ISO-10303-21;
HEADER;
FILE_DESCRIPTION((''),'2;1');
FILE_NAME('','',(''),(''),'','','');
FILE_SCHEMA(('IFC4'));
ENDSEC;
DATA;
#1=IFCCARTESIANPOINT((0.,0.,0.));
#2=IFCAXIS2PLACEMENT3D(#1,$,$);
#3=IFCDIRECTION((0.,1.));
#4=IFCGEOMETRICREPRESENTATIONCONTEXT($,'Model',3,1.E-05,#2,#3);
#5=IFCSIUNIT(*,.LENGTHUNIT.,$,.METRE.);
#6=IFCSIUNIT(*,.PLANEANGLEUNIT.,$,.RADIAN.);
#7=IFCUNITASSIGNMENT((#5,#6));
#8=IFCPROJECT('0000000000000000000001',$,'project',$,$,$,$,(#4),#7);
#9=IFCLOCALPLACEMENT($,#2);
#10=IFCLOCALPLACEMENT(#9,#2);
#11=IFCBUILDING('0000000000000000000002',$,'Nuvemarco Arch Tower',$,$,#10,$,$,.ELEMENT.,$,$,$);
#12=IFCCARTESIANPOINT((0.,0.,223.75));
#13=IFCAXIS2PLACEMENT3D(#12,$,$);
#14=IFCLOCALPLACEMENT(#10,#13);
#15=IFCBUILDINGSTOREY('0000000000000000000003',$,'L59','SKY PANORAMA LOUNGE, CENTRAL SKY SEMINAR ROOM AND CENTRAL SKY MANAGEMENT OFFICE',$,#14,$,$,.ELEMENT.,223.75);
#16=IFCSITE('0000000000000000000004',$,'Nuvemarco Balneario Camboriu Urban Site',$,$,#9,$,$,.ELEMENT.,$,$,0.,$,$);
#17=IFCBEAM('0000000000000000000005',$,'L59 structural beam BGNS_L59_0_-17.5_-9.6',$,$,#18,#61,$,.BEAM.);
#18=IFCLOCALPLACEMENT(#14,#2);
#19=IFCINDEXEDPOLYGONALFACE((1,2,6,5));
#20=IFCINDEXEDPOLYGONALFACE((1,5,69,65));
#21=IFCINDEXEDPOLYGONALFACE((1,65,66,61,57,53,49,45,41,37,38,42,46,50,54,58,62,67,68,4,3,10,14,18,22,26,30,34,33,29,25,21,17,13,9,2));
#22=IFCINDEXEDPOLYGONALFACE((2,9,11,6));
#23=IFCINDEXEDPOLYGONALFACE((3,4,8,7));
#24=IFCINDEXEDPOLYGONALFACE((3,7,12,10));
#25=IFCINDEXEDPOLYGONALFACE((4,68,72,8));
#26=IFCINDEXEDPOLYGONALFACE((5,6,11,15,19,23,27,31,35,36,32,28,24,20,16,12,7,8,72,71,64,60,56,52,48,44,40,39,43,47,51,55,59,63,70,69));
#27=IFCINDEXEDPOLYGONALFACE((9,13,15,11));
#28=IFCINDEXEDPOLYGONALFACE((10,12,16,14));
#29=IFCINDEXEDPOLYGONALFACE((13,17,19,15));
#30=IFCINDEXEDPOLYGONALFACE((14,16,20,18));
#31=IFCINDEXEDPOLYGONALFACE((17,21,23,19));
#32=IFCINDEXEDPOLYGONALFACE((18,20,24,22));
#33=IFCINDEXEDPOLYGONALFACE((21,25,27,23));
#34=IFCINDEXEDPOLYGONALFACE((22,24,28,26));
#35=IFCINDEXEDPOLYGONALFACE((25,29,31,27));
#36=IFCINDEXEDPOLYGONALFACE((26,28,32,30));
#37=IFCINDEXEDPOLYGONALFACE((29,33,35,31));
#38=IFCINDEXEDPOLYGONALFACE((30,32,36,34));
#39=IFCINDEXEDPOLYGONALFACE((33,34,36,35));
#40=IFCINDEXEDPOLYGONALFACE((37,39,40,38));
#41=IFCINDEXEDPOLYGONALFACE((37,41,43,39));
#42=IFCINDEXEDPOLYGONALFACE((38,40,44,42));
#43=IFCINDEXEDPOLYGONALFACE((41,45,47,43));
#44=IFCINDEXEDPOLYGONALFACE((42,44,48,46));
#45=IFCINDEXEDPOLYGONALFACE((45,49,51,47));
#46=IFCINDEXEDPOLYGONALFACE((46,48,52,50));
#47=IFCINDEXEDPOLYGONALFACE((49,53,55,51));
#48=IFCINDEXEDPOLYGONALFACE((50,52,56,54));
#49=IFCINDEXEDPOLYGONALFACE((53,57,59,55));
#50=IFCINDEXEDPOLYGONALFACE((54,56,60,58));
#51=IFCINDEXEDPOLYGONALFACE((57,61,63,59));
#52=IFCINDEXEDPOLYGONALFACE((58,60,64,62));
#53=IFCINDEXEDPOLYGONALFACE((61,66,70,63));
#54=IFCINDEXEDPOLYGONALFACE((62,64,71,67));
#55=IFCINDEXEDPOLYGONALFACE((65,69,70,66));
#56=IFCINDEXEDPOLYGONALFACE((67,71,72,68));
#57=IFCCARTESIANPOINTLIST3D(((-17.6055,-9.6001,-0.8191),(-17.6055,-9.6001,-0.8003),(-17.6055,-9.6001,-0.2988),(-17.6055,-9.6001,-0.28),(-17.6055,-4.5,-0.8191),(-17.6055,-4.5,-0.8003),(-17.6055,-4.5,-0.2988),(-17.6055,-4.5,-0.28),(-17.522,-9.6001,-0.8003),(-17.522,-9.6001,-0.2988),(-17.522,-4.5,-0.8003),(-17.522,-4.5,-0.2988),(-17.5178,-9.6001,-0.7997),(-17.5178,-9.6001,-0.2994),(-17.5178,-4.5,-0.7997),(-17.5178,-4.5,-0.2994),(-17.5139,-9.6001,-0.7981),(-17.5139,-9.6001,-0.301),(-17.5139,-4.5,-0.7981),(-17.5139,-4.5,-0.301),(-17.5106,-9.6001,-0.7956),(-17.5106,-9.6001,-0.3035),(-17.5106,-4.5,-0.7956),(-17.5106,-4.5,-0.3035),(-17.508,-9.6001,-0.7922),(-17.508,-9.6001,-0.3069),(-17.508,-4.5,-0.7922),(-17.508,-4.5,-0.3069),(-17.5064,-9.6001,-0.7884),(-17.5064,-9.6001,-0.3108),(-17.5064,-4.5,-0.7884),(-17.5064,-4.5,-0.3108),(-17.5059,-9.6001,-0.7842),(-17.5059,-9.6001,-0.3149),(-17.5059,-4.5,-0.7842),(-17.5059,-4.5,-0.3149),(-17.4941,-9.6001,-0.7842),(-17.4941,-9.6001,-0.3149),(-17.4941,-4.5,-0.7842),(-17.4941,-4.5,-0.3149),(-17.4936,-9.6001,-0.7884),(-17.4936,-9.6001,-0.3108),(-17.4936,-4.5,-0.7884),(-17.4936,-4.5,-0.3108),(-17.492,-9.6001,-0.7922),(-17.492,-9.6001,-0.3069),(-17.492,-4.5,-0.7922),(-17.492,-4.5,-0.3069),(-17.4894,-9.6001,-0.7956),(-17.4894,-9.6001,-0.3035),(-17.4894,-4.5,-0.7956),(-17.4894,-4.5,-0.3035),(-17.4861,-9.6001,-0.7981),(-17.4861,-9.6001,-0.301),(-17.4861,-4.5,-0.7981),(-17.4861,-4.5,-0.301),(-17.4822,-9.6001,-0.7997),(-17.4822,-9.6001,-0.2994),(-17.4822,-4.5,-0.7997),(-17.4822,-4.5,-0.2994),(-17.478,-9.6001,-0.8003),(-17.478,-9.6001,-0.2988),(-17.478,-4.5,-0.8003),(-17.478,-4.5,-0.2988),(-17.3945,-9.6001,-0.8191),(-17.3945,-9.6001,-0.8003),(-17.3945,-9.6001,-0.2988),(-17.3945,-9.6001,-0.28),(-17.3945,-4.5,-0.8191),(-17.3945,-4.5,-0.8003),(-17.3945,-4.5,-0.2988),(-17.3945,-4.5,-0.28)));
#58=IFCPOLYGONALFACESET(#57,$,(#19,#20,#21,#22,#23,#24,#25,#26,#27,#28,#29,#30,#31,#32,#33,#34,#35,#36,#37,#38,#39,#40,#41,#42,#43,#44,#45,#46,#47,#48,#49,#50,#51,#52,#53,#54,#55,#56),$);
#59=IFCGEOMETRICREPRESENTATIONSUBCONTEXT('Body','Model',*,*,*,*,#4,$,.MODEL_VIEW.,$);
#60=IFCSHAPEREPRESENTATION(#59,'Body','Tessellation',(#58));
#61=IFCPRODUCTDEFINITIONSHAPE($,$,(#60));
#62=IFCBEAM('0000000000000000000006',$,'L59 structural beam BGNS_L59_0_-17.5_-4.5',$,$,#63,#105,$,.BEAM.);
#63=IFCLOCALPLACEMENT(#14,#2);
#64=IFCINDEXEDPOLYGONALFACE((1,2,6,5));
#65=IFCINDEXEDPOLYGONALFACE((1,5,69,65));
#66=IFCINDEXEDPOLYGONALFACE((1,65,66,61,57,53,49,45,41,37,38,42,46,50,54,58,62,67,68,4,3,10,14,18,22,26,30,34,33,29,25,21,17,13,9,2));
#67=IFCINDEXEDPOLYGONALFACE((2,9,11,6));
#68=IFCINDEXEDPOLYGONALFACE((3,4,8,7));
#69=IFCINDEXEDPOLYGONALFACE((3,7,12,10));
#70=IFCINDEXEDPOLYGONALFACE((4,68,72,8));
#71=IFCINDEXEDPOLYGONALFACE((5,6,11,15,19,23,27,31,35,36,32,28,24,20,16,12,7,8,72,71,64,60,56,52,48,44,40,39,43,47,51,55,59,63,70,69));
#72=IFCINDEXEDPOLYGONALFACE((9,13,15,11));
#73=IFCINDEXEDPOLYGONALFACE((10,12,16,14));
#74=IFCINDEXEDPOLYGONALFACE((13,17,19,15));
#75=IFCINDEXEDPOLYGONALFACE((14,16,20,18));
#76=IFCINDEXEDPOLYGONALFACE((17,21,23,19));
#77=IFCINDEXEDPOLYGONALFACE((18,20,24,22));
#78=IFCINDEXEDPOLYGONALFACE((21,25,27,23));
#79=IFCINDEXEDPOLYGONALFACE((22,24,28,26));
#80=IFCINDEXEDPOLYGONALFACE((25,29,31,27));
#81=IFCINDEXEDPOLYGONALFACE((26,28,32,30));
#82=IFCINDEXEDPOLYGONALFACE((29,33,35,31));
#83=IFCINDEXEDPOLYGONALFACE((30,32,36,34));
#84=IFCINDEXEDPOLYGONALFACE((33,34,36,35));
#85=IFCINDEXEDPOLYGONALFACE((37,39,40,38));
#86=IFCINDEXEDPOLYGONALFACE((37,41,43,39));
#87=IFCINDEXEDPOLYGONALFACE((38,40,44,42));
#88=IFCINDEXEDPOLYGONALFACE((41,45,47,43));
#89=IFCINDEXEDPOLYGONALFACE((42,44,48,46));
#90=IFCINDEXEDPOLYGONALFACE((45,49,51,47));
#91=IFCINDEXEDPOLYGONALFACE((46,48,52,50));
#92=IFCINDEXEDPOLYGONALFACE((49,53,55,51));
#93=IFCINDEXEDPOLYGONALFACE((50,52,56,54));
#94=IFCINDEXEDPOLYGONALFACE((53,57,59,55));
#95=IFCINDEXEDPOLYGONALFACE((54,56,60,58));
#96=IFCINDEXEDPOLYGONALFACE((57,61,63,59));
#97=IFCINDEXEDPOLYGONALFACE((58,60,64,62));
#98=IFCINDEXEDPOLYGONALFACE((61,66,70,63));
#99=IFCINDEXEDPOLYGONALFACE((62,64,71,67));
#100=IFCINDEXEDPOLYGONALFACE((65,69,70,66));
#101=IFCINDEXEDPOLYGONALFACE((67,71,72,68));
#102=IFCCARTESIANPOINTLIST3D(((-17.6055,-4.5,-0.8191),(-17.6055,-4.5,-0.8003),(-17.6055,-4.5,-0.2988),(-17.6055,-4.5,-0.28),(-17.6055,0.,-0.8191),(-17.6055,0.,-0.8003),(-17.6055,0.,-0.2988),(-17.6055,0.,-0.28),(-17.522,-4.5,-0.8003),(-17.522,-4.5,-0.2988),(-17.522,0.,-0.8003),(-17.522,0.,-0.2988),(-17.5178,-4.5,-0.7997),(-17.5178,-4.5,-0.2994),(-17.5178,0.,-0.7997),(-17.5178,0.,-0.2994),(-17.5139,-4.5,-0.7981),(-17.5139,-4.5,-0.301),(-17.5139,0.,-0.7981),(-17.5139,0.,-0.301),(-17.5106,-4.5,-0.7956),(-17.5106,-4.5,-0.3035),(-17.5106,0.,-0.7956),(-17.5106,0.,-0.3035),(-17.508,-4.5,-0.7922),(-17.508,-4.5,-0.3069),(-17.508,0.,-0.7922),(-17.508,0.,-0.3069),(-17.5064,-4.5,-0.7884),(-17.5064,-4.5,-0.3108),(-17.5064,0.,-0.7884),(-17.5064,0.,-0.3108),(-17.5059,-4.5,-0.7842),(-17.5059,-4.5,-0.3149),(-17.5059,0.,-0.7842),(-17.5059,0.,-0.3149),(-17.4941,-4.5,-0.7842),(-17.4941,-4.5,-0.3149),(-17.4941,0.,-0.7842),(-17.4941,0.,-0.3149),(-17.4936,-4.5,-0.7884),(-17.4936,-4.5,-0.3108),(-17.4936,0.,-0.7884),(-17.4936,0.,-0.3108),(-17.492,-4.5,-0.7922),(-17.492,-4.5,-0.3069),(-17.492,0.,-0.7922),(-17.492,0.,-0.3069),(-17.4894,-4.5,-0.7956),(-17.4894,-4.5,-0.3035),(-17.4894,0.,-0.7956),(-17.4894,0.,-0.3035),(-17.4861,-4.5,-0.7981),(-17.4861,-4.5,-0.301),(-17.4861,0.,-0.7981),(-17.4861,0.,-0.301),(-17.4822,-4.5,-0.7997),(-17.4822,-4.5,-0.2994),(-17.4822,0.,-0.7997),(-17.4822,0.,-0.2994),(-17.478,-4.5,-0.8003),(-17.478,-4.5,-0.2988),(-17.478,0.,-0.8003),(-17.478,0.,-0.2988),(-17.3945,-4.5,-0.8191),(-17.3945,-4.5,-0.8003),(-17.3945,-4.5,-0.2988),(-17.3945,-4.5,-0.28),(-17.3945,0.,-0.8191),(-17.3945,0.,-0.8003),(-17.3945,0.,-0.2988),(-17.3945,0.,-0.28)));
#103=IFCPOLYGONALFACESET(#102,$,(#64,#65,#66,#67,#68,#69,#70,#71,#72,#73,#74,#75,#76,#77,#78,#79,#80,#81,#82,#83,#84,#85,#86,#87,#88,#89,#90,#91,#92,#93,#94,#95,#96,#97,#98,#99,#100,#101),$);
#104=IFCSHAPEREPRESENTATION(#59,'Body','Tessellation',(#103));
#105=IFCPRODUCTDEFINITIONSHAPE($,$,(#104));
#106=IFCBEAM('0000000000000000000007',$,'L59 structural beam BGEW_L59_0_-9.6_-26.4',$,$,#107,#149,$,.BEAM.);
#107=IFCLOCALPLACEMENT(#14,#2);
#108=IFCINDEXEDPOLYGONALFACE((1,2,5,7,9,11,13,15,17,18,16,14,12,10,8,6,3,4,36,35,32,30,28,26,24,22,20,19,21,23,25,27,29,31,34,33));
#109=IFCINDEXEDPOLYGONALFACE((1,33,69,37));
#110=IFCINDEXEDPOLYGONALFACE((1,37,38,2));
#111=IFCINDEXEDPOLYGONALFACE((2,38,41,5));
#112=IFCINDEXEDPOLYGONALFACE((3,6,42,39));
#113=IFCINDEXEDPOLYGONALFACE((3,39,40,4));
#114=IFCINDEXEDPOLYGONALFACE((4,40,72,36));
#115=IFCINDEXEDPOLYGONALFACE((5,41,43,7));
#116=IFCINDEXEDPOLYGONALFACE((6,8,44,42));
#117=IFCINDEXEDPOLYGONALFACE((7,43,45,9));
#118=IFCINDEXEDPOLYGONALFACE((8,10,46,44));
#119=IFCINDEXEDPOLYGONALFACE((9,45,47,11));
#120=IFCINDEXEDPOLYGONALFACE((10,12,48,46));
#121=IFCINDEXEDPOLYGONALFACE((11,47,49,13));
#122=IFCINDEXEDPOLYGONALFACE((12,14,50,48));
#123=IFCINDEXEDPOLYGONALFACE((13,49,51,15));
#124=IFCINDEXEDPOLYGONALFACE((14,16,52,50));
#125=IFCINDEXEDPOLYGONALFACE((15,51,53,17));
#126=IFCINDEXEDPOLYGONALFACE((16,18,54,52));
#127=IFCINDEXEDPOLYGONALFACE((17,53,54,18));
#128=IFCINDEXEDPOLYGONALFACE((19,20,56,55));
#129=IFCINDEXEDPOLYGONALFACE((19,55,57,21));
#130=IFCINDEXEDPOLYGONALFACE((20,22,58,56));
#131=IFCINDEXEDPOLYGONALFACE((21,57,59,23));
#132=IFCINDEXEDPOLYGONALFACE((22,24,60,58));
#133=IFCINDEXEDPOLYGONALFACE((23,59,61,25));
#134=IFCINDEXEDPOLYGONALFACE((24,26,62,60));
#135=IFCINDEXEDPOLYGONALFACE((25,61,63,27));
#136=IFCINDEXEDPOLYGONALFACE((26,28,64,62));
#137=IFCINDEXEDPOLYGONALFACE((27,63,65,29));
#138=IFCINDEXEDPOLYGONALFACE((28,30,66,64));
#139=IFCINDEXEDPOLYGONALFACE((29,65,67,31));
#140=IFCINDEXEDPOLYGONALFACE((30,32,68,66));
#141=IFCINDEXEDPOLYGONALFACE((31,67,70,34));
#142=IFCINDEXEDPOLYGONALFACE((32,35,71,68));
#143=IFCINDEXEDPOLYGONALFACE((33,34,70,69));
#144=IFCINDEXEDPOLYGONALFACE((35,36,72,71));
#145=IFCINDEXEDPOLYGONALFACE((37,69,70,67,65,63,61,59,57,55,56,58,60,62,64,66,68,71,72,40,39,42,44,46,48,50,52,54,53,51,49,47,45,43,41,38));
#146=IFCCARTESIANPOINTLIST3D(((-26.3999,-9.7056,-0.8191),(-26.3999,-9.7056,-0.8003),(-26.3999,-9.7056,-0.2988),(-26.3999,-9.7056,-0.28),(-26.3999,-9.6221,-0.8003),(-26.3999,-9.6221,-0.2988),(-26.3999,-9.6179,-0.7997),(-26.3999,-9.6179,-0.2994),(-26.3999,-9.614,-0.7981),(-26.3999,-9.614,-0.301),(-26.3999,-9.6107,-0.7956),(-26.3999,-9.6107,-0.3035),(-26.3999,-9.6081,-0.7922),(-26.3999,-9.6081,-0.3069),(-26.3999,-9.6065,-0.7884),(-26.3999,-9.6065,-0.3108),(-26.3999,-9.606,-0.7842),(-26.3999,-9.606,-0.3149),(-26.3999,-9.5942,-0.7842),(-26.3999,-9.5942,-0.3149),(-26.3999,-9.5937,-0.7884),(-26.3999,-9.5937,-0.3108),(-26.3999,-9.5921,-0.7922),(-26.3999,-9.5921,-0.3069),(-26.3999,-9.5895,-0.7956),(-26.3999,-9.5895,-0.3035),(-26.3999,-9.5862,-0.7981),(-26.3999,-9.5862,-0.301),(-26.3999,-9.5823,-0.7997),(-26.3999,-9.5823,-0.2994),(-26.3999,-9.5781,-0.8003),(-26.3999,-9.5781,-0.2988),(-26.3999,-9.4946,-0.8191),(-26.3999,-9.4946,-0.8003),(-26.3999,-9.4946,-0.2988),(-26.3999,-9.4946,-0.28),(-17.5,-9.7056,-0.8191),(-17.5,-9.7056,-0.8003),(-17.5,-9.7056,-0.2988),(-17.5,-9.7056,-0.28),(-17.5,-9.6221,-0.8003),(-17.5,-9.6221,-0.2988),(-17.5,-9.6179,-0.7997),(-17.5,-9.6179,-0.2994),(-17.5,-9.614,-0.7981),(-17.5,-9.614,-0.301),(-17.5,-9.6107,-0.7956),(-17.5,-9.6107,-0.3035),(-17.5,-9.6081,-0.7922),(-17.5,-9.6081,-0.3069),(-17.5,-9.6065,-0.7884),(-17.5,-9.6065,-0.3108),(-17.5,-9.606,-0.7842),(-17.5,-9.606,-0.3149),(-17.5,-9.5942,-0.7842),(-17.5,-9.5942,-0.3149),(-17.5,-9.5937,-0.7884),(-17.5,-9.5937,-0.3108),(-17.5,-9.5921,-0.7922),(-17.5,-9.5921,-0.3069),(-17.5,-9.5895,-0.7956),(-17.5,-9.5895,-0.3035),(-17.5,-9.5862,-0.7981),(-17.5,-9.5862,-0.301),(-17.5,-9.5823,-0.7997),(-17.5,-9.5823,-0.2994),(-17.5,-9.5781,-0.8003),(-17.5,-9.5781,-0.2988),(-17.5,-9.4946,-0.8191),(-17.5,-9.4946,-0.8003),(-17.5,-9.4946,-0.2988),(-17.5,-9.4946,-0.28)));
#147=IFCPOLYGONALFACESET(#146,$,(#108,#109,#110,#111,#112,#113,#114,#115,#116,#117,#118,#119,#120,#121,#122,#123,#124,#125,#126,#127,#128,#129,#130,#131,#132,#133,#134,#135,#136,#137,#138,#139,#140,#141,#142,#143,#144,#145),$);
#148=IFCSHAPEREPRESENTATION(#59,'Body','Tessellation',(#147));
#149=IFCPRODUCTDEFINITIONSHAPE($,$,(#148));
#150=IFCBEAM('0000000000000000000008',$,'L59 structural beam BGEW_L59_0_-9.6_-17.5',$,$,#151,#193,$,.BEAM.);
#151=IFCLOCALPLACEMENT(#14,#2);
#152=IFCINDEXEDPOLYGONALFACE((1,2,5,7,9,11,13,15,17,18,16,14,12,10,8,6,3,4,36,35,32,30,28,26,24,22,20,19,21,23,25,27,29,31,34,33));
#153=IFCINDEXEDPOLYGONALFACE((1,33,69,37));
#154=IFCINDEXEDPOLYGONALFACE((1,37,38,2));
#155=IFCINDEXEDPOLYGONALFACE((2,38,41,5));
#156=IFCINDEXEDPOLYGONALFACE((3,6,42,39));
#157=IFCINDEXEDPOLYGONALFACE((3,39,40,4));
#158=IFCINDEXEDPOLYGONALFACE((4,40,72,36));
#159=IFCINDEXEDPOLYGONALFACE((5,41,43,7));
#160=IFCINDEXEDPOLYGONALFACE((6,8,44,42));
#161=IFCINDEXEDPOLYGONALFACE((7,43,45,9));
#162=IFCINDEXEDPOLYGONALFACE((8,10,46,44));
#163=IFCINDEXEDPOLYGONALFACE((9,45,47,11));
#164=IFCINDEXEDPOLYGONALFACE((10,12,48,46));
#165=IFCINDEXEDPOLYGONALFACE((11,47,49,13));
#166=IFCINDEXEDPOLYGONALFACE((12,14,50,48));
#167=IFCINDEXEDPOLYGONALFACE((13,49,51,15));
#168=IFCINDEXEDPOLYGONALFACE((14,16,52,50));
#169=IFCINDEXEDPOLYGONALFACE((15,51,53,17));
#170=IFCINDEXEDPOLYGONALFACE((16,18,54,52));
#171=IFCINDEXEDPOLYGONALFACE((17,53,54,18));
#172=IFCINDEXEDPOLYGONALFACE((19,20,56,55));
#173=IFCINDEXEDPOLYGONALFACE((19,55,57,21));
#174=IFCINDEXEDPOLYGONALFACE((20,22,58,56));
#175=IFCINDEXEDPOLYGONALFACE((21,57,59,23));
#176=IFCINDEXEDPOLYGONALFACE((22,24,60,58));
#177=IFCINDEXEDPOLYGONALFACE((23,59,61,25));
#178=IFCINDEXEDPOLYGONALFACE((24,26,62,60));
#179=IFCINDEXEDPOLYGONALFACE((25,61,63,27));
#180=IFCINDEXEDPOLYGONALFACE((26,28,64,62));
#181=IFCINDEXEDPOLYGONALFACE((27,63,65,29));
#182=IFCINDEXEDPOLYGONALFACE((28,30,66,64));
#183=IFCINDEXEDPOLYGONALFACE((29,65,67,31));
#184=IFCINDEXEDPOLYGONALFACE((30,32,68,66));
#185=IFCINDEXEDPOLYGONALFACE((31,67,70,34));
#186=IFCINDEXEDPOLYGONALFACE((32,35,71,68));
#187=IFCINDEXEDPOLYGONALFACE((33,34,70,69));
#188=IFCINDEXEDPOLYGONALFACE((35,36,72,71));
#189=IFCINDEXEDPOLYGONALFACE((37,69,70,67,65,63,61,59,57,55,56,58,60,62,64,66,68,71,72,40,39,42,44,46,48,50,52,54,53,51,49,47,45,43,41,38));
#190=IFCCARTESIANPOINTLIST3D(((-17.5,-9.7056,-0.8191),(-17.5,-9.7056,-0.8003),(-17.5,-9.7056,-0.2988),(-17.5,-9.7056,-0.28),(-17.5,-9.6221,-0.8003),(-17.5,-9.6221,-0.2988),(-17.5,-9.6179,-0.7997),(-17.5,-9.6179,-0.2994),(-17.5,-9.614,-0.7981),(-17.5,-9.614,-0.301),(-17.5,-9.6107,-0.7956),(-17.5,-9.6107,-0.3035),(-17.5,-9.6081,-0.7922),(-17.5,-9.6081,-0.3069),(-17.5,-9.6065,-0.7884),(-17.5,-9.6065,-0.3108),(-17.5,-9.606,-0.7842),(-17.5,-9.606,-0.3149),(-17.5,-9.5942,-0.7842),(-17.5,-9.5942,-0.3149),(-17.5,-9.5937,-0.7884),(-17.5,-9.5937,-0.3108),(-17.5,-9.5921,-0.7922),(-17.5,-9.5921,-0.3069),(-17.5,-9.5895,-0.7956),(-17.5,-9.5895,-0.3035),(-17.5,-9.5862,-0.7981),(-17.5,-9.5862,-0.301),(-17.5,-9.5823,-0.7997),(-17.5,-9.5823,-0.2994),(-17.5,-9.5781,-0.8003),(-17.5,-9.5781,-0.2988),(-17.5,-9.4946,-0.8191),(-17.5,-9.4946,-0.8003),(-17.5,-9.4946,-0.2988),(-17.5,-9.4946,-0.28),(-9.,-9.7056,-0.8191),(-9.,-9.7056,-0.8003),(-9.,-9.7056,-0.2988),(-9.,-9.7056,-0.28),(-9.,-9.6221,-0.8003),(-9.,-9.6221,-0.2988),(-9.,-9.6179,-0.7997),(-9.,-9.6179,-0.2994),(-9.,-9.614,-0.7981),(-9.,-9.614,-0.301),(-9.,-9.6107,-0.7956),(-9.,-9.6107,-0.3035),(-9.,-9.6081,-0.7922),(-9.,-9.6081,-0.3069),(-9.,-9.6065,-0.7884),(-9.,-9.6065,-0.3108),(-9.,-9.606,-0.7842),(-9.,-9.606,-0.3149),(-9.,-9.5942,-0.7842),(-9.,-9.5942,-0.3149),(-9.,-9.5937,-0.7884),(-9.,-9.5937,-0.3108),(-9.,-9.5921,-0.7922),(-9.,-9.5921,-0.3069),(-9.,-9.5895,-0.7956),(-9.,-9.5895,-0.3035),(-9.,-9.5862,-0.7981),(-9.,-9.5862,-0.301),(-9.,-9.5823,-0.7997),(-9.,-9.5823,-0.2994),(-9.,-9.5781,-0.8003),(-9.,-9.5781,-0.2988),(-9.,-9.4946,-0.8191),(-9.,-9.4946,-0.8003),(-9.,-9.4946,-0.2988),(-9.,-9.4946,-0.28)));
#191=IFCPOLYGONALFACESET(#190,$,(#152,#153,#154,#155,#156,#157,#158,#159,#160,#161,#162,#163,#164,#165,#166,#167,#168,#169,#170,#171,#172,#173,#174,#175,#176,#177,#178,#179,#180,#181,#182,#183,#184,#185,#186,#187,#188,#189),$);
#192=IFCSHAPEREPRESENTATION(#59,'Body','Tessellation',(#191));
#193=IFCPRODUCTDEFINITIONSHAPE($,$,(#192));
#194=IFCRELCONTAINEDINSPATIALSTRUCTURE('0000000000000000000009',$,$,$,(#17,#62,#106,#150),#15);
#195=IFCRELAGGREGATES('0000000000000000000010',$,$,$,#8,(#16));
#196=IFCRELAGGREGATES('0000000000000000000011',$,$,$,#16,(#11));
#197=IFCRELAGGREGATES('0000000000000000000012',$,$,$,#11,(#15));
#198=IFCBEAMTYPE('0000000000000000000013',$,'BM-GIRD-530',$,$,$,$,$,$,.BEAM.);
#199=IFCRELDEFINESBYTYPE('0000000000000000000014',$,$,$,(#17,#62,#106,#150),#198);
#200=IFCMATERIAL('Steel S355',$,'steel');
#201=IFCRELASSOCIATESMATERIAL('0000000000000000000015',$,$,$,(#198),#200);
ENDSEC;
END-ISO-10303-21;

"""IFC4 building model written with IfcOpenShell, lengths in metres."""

from ifc_helpers import new_model, si_unit, direction, frame, origin, origin_2d, place, context, subcontext, project, spatial, i_section, extrude, material, material_profile, profile_set, type_object, element, save


model = new_model("IFC4")

# Units and contexts
model_context = context("Model", 3, precision=1e-05, world=origin(), true_north=direction((0.0, 1.0)))
body_context = subcontext(model_context, "Body", "Model", "MODEL_VIEW")
ifc_project = project(units=[si_unit("LENGTHUNIT", "METRE"), si_unit("PLANEANGLEUNIT", "RADIAN")], contexts=[model_context])

# Site, building, storey
site_placement = place(None, origin())
site = spatial("IfcSite", under=ifc_project, at=site_placement, Name="Nuvemarco Balneario Camboriu Urban Site", CompositionType="ELEMENT", RefElevation=0.0)
building_placement = place(site_placement, origin())
building = spatial("IfcBuilding", under=site, at=building_placement, Name="Nuvemarco Arch Tower", CompositionType="ELEMENT")
storey_placement = place(building_placement, frame((0.0, 0.0, 223.75)))
storey = spatial("IfcBuildingStorey", under=building, at=storey_placement, Name="L59", Description="SKY PANORAMA LOUNGE, CENTRAL SKY SEMINAR ROOM AND CENTRAL SKY MANAGEMENT OFFICE", CompositionType="ELEMENT", Elevation=223.75)

# Shared definitions
ifc_material_1 = material(Name="Steel S355", Category="steel")

# Beams
ifc_material_profile_1 = material_profile(ifc_material_1, i_section(OverallWidth=0.2109, OverallDepth=0.5391, WebThickness=0.0117, FlangeThickness=0.0188, FilletRadius=0.0161, at=origin_2d()), Name="W530x109")
ifc_profile_set_1 = profile_set([ifc_material_profile_1], Name="Steel S355")
beam_type_1 = type_object("IfcBeamType", Name="BM-GIRD-530", PredefinedType="BEAM", material=ifc_profile_set_1)
beam_1_placement = place(storey_placement, frame((-17.5, -9.6001, -0.5496), z_axis=(0.0, 1.0, 0.0), x_axis=(-1.0, 0.0, 0.0)))
element("IfcBeam", 1, at=beam_1_placement, inside=storey, type_object=beam_type_1, Name="L59 structural beam BGNS_L59_0_-17.5_-9.6", PredefinedType="BEAM", context=body_context, shape_type="SweptSolid", body=[
    extrude(i_section(OverallWidth=0.2109, OverallDepth=0.5391, WebThickness=0.0117, FlangeThickness=0.0188, FilletRadius=0.0161, at=origin_2d()), origin(), (0.0, 0.0, 1.0), 5.1001),
])
beam_2_placement = place(storey_placement, frame((-17.5, -4.5, -0.5496), z_axis=(0.0, 1.0, 0.0), x_axis=(-1.0, 0.0, 0.0)))
element("IfcBeam", 2, at=beam_2_placement, inside=storey, type_object=beam_type_1, Name="L59 structural beam BGNS_L59_0_-17.5_-4.5", PredefinedType="BEAM", context=body_context, shape_type="SweptSolid", body=[
    extrude(i_section(OverallWidth=0.2109, OverallDepth=0.5391, WebThickness=0.0117, FlangeThickness=0.0188, FilletRadius=0.0161, at=origin_2d()), origin(), (0.0, 0.0, 1.0), 4.5),
])
beam_3_placement = place(storey_placement, frame((-26.3999, -9.6001, -0.5496), z_axis=(1.0, 0.0, 0.0), x_axis=(0.0, 1.0, 0.0)))
element("IfcBeam", 3, at=beam_3_placement, inside=storey, type_object=beam_type_1, Name="L59 structural beam BGEW_L59_0_-9.6_-26.4", PredefinedType="BEAM", context=body_context, shape_type="SweptSolid", body=[
    extrude(i_section(OverallWidth=0.2109, OverallDepth=0.5391, WebThickness=0.0117, FlangeThickness=0.0188, FilletRadius=0.0161, at=origin_2d()), origin(), (0.0, 0.0, 1.0), 8.8999),
])
beam_4_placement = place(storey_placement, frame((-17.5, -9.6001, -0.5496), z_axis=(1.0, 0.0, 0.0), x_axis=(0.0, 1.0, 0.0)))
element("IfcBeam", 4, at=beam_4_placement, inside=storey, type_object=beam_type_1, Name="L59 structural beam BGEW_L59_0_-9.6_-17.5", PredefinedType="BEAM", context=body_context, shape_type="SweptSolid", body=[
    extrude(i_section(OverallWidth=0.2109, OverallDepth=0.5391, WebThickness=0.0117, FlangeThickness=0.0188, FilletRadius=0.0161, at=origin_2d()), origin(), (0.0, 0.0, 1.0), 8.5),
])

save(model, "model.ifc")
